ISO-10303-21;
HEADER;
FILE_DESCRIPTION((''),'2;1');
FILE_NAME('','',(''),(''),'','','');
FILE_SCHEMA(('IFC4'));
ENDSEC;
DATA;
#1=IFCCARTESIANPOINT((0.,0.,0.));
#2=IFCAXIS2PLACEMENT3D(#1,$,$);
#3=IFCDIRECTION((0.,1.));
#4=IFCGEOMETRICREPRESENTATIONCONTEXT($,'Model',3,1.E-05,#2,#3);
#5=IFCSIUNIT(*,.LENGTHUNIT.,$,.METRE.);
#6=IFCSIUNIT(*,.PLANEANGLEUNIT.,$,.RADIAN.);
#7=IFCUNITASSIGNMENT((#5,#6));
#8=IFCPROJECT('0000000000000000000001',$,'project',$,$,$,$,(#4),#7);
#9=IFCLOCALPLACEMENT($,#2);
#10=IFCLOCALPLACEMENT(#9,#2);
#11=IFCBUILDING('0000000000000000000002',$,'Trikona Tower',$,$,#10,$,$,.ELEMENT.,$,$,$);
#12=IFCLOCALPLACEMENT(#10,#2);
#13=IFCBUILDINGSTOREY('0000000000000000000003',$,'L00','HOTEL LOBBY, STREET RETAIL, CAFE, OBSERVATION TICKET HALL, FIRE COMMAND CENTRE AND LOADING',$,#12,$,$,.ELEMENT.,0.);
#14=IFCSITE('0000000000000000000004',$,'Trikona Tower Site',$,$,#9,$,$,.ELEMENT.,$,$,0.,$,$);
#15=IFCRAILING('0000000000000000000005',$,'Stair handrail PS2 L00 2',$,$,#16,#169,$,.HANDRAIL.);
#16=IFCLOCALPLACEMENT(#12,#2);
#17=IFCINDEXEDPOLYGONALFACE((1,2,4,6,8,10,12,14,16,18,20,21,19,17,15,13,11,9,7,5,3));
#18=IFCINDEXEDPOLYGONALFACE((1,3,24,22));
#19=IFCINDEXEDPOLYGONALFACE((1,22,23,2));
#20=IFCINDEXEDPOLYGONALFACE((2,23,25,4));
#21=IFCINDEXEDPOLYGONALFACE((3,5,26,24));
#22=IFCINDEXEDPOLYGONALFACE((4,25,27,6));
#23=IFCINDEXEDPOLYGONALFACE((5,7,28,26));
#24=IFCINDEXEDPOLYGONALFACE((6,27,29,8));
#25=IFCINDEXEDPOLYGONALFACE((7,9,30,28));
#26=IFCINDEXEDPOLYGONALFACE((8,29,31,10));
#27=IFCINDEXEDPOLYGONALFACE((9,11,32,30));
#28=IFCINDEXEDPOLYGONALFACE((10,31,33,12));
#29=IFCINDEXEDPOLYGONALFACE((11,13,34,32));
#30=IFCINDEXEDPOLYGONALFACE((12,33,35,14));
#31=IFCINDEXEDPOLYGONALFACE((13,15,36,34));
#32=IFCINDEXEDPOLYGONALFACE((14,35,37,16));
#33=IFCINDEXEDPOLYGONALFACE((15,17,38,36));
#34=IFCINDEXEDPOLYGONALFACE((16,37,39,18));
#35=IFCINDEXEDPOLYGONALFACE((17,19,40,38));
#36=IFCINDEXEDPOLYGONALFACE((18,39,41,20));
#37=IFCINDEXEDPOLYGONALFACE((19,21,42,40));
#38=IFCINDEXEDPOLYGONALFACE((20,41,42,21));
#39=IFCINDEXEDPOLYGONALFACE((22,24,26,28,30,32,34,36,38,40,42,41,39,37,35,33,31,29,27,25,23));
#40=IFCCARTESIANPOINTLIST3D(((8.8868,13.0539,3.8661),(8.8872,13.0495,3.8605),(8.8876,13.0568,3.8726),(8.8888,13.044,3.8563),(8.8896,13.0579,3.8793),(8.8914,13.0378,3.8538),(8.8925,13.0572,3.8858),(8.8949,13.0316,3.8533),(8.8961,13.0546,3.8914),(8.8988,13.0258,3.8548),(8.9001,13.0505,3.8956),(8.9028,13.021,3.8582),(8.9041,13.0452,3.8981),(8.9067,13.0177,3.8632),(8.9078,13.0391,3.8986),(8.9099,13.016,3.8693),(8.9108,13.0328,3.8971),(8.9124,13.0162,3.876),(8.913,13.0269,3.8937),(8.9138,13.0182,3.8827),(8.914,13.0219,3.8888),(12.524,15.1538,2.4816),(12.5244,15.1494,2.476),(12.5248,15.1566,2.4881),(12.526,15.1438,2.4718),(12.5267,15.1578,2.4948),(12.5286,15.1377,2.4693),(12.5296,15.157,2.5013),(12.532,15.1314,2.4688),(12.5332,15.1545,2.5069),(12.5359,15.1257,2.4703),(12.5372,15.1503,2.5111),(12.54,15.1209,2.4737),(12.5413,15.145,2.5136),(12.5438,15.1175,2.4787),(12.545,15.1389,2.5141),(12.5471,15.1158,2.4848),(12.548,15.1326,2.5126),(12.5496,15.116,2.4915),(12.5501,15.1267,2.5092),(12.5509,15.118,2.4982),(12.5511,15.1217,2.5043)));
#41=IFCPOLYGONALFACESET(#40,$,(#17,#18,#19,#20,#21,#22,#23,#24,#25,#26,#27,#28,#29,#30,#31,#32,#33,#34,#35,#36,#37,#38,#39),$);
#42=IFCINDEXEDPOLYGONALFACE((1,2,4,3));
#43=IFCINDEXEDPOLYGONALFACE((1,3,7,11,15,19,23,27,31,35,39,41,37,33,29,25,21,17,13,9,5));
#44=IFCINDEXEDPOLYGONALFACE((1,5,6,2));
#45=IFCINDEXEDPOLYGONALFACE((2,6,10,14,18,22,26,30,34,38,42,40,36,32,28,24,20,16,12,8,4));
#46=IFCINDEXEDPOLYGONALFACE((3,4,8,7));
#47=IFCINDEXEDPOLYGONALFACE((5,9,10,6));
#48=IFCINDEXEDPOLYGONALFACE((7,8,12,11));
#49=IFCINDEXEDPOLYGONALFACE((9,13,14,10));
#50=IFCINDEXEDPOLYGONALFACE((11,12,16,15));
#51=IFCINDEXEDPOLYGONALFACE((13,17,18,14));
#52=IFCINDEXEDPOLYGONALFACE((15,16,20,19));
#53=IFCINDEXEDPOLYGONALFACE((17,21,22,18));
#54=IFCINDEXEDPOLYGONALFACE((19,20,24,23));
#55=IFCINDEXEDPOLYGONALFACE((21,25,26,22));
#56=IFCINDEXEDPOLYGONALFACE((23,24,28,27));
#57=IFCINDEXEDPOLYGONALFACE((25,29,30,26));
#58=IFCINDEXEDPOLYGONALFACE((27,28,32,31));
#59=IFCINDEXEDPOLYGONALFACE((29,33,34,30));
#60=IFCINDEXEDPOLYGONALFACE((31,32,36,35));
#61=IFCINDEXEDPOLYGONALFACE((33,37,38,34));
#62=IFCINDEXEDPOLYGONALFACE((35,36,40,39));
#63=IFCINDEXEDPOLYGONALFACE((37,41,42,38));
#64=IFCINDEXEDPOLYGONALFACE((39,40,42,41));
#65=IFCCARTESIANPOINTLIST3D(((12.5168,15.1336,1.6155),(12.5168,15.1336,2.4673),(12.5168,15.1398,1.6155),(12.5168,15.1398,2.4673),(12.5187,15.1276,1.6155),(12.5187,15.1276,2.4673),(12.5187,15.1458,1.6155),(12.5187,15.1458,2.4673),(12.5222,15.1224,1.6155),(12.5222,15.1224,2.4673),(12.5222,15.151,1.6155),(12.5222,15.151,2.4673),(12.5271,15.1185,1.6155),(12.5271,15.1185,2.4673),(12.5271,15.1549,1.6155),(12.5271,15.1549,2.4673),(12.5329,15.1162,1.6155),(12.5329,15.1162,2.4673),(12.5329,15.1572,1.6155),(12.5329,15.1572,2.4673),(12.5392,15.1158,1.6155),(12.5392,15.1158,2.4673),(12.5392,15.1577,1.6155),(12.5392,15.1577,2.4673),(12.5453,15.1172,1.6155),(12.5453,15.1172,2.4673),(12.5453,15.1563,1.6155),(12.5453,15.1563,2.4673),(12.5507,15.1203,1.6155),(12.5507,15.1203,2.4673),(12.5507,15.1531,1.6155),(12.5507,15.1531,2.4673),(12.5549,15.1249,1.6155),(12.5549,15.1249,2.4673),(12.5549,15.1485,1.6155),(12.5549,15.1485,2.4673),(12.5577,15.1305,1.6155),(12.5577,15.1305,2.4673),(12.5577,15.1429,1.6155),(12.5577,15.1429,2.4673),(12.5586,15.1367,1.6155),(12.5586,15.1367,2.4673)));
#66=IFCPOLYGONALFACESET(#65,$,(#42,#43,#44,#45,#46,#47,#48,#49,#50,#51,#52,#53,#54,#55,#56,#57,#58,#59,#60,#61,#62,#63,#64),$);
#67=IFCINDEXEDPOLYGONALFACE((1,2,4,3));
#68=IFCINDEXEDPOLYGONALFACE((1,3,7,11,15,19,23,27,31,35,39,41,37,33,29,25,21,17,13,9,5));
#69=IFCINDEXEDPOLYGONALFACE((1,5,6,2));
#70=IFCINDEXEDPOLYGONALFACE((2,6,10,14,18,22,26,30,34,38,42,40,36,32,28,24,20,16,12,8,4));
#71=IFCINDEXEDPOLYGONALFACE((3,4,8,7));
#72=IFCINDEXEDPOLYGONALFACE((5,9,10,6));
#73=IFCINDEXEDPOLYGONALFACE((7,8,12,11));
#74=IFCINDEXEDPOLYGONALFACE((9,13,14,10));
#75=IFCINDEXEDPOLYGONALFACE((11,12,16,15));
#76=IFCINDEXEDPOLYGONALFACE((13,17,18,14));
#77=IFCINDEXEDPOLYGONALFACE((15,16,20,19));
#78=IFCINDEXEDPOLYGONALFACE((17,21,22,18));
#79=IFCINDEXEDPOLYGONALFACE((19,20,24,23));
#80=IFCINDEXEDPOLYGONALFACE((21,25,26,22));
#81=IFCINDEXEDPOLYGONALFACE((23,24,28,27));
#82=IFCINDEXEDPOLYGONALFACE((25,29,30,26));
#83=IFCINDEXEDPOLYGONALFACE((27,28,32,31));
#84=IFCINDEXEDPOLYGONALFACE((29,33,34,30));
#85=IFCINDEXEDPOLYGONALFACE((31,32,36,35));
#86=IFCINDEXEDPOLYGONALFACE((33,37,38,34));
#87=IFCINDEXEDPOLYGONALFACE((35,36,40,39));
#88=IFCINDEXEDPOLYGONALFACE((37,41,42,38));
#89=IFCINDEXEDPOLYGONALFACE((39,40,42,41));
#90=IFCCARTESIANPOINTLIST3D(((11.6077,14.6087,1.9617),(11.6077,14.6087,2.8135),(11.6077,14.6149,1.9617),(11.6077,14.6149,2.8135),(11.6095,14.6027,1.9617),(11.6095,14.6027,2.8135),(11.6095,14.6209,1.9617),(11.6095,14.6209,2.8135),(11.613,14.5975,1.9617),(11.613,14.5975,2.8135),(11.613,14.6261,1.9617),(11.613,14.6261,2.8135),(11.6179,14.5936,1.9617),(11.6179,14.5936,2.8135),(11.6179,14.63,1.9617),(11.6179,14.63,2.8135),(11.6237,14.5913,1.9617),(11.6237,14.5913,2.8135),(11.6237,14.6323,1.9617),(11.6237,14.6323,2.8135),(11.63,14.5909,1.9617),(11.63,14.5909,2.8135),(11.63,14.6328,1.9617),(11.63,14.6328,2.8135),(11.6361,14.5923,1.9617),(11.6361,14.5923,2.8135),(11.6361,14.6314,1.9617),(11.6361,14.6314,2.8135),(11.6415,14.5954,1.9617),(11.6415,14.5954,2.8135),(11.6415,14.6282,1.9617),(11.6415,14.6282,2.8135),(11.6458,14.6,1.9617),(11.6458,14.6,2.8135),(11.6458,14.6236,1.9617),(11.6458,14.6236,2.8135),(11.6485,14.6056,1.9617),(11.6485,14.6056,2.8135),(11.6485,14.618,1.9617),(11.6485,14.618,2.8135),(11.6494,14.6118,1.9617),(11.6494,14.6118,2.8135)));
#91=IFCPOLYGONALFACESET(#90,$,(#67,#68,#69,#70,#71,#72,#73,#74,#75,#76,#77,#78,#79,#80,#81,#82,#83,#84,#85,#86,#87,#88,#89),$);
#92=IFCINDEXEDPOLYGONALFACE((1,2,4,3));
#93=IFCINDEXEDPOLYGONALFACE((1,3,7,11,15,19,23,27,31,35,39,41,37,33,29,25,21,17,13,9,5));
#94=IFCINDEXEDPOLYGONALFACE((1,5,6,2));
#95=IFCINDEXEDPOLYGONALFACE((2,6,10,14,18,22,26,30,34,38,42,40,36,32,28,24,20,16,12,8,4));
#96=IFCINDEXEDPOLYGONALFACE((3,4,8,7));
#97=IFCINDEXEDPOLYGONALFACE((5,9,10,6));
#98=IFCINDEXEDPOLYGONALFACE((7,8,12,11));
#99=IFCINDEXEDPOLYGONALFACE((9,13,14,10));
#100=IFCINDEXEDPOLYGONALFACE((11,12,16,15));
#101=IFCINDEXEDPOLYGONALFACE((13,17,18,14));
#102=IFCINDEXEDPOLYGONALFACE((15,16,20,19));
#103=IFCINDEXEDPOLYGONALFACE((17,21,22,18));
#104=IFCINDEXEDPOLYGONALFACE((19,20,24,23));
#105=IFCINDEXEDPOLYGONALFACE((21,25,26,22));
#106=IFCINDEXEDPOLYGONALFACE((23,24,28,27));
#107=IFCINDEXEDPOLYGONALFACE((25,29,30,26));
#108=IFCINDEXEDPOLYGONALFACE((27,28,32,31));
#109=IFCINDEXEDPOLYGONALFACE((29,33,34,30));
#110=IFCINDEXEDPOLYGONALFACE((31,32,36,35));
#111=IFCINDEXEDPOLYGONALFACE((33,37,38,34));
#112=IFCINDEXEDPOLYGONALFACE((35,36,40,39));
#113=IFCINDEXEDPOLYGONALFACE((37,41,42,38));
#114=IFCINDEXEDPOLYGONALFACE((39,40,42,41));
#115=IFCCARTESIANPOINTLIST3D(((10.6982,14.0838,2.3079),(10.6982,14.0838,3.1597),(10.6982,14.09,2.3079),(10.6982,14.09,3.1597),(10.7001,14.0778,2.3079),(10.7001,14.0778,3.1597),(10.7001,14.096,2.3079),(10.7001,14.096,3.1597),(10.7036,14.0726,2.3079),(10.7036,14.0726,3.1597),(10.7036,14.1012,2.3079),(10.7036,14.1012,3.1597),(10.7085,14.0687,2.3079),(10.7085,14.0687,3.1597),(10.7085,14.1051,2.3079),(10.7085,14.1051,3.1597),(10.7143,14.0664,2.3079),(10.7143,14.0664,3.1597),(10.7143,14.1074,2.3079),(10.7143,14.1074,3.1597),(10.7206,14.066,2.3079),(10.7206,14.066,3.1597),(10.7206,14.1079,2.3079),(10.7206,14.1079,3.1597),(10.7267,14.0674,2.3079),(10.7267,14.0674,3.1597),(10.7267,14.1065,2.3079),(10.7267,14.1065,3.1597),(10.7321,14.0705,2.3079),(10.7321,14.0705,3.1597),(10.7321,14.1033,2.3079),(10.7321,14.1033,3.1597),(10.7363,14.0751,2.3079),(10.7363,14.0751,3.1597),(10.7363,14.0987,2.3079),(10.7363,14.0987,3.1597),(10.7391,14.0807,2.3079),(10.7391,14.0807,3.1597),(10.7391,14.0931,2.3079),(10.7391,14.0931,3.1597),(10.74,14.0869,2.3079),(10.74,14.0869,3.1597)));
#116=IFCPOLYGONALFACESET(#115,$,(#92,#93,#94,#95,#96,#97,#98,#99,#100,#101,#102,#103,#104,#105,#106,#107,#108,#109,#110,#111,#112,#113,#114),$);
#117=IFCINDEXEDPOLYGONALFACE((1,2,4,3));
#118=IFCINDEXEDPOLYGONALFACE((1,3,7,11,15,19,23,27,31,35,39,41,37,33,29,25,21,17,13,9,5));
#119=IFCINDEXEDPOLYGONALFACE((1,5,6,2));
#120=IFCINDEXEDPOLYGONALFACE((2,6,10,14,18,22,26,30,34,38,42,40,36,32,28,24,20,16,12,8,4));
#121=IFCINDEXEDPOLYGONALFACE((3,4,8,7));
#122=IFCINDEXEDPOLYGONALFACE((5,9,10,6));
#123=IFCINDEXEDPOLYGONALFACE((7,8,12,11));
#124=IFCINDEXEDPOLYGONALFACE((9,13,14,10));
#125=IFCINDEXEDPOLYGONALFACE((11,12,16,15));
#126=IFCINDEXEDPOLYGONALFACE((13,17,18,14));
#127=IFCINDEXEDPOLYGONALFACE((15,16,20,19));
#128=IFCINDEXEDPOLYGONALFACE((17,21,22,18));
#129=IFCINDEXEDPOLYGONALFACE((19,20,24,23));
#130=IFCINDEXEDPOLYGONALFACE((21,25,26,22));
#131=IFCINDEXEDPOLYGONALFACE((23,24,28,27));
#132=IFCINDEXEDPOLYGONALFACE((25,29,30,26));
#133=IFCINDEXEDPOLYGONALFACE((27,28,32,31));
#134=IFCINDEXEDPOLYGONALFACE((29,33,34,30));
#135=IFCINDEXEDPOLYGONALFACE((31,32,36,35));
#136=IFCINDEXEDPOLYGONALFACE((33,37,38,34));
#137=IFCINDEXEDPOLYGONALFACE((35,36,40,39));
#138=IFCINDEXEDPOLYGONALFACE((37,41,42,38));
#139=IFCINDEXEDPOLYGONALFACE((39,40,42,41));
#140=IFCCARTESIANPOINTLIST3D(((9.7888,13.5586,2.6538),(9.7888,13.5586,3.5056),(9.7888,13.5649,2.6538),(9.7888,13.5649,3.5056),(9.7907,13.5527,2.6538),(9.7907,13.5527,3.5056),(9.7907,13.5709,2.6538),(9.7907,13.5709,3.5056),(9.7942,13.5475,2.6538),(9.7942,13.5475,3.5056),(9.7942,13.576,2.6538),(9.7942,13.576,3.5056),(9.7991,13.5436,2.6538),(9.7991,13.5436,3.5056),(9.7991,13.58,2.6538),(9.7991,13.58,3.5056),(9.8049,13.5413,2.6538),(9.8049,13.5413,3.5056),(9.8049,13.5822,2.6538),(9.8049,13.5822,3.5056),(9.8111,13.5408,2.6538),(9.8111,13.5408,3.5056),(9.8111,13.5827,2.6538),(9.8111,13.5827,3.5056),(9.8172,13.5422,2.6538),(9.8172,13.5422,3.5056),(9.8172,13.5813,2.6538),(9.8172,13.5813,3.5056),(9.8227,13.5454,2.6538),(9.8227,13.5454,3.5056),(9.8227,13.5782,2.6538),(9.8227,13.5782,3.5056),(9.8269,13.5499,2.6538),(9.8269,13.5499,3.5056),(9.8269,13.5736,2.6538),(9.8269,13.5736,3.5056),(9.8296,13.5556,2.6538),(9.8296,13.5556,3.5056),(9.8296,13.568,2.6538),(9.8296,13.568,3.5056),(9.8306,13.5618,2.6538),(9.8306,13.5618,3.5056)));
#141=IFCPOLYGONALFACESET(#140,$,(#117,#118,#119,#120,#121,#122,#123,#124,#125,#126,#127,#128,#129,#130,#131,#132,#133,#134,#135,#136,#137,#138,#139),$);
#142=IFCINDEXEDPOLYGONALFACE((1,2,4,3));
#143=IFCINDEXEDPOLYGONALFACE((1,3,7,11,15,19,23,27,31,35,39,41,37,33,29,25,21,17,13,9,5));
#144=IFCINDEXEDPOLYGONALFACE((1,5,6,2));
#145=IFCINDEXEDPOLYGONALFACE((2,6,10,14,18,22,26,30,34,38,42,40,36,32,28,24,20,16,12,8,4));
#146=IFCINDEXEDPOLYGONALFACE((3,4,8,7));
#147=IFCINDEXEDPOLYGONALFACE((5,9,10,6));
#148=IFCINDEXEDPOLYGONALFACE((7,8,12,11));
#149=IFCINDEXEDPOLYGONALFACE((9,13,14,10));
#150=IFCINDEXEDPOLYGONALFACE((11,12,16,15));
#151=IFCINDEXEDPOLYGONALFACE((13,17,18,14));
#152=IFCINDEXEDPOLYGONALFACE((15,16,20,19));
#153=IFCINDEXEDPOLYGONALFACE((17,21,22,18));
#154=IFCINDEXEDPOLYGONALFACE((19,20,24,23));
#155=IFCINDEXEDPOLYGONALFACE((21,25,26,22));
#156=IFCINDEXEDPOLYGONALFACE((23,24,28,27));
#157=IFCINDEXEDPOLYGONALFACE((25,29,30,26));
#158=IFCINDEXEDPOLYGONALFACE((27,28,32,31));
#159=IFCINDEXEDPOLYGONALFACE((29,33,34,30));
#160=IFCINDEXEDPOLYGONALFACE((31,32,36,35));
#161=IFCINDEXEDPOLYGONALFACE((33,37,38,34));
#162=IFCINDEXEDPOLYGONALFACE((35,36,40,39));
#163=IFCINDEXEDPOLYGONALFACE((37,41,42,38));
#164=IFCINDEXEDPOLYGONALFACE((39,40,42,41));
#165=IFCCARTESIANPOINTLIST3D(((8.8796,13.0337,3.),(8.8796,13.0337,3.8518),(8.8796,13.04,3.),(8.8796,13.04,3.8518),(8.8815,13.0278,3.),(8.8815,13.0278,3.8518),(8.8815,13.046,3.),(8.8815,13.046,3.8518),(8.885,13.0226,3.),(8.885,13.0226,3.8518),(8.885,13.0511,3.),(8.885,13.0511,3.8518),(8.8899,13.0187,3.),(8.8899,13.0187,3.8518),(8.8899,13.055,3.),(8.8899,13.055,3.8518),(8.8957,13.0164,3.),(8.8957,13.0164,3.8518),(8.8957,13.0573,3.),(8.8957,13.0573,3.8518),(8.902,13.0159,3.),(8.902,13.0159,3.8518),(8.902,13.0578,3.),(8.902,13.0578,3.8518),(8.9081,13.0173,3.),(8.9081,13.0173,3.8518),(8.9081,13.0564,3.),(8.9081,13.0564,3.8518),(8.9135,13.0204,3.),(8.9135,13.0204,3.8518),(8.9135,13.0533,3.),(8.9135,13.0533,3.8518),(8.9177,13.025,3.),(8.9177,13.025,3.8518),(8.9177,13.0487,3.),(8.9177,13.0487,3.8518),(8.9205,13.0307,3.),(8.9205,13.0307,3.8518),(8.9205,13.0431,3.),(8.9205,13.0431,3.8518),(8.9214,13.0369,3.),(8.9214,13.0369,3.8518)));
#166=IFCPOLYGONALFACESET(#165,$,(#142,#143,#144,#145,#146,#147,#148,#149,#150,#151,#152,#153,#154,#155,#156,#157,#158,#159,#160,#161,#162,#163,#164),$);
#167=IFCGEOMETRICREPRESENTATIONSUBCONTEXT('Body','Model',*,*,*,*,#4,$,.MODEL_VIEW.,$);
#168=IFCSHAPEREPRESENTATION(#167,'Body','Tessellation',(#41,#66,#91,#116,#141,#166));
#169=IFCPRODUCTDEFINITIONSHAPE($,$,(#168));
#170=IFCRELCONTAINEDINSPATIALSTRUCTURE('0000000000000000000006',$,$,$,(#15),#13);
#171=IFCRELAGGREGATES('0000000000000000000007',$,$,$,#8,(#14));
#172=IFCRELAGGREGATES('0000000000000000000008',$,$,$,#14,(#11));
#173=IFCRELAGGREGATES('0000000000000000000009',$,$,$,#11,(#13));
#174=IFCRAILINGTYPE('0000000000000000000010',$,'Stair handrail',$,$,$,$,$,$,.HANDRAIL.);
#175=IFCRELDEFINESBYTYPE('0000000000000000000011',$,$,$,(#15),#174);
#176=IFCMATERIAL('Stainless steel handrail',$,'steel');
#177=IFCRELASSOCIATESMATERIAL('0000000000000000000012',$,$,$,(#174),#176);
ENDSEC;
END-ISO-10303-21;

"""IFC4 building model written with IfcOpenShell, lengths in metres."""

from ifc_helpers import new_model, si_unit, direction, frame, origin, origin_2d, place, context, subcontext, project, spatial, circle, extrude, material, type_object, element, save


model = new_model("IFC4")

# Units and contexts
model_context = context("Model", 3, precision=1e-05, world=origin(), true_north=direction((0.0, 1.0)))
body_context = subcontext(model_context, "Body", "Model", "MODEL_VIEW")
ifc_project = project(units=[si_unit("LENGTHUNIT", "METRE"), si_unit("PLANEANGLEUNIT", "RADIAN")], contexts=[model_context])

# Site, building, storey
site_placement = place(None, origin())
site = spatial("IfcSite", under=ifc_project, at=site_placement, Name="Trikona Tower Site", CompositionType="ELEMENT", RefElevation=0.0)
building_placement = place(site_placement, origin())
building = spatial("IfcBuilding", under=site, at=building_placement, Name="Trikona Tower", CompositionType="ELEMENT")
storey_placement = place(building_placement, origin())
storey = spatial("IfcBuildingStorey", under=building, at=storey_placement, Name="L00", Description="HOTEL LOBBY, STREET RETAIL, CAFE, OBSERVATION TICKET HALL, FIRE COMMAND CENTRE AND LOADING", CompositionType="ELEMENT", Elevation=0.0)

# Railing
ifc_material_1 = material(Name="Stainless steel handrail", Category="steel")
railing_type = type_object("IfcRailingType", Name="Stair handrail", PredefinedType="HANDRAIL", material=ifc_material_1)
for number, where, name in (
    (1, (12.5376, 15.1367, 1.6155), "Stair handrail PS2 L00 2"),
):
    element("IfcRailing", number, at=place(storey_placement, frame(where)), inside=storey, type_object=railing_type, Name=name, PredefinedType="HANDRAIL", context=body_context, shape_type="SweptSolid", body=[
        extrude(circle(Radius=0.0239, at=origin_2d()), frame((0.0, 0.0, 0.876), z_axis=(-0.822494, -0.474847, 0.313087), x_axis=(0.499984, -0.866035, 0.0)), (0.0, 0.0, 1.0), 4.4221),
        extrude(circle(Radius=0.021, at=origin_2d()), origin(), (0.0, 0.0, 1.0), 0.8518),
        extrude(circle(Radius=0.021, at=origin_2d()), frame((-0.9092, -0.5249, 0.3462)), (0.0, 0.0, 1.0), 0.8518),
        extrude(circle(Radius=0.021, at=origin_2d()), frame((-1.8186, -1.0498, 0.6924)), (0.0, 0.0, 1.0), 0.8518),
        extrude(circle(Radius=0.021, at=origin_2d()), frame((-2.728, -1.575, 1.0383)), (0.0, 0.0, 1.0), 0.8518),
        extrude(circle(Radius=0.021, at=origin_2d()), frame((-3.6372, -2.0999, 1.3845)), (0.0, 0.0, 1.0), 0.8518),
    ])

save(model, "model.ifc")
